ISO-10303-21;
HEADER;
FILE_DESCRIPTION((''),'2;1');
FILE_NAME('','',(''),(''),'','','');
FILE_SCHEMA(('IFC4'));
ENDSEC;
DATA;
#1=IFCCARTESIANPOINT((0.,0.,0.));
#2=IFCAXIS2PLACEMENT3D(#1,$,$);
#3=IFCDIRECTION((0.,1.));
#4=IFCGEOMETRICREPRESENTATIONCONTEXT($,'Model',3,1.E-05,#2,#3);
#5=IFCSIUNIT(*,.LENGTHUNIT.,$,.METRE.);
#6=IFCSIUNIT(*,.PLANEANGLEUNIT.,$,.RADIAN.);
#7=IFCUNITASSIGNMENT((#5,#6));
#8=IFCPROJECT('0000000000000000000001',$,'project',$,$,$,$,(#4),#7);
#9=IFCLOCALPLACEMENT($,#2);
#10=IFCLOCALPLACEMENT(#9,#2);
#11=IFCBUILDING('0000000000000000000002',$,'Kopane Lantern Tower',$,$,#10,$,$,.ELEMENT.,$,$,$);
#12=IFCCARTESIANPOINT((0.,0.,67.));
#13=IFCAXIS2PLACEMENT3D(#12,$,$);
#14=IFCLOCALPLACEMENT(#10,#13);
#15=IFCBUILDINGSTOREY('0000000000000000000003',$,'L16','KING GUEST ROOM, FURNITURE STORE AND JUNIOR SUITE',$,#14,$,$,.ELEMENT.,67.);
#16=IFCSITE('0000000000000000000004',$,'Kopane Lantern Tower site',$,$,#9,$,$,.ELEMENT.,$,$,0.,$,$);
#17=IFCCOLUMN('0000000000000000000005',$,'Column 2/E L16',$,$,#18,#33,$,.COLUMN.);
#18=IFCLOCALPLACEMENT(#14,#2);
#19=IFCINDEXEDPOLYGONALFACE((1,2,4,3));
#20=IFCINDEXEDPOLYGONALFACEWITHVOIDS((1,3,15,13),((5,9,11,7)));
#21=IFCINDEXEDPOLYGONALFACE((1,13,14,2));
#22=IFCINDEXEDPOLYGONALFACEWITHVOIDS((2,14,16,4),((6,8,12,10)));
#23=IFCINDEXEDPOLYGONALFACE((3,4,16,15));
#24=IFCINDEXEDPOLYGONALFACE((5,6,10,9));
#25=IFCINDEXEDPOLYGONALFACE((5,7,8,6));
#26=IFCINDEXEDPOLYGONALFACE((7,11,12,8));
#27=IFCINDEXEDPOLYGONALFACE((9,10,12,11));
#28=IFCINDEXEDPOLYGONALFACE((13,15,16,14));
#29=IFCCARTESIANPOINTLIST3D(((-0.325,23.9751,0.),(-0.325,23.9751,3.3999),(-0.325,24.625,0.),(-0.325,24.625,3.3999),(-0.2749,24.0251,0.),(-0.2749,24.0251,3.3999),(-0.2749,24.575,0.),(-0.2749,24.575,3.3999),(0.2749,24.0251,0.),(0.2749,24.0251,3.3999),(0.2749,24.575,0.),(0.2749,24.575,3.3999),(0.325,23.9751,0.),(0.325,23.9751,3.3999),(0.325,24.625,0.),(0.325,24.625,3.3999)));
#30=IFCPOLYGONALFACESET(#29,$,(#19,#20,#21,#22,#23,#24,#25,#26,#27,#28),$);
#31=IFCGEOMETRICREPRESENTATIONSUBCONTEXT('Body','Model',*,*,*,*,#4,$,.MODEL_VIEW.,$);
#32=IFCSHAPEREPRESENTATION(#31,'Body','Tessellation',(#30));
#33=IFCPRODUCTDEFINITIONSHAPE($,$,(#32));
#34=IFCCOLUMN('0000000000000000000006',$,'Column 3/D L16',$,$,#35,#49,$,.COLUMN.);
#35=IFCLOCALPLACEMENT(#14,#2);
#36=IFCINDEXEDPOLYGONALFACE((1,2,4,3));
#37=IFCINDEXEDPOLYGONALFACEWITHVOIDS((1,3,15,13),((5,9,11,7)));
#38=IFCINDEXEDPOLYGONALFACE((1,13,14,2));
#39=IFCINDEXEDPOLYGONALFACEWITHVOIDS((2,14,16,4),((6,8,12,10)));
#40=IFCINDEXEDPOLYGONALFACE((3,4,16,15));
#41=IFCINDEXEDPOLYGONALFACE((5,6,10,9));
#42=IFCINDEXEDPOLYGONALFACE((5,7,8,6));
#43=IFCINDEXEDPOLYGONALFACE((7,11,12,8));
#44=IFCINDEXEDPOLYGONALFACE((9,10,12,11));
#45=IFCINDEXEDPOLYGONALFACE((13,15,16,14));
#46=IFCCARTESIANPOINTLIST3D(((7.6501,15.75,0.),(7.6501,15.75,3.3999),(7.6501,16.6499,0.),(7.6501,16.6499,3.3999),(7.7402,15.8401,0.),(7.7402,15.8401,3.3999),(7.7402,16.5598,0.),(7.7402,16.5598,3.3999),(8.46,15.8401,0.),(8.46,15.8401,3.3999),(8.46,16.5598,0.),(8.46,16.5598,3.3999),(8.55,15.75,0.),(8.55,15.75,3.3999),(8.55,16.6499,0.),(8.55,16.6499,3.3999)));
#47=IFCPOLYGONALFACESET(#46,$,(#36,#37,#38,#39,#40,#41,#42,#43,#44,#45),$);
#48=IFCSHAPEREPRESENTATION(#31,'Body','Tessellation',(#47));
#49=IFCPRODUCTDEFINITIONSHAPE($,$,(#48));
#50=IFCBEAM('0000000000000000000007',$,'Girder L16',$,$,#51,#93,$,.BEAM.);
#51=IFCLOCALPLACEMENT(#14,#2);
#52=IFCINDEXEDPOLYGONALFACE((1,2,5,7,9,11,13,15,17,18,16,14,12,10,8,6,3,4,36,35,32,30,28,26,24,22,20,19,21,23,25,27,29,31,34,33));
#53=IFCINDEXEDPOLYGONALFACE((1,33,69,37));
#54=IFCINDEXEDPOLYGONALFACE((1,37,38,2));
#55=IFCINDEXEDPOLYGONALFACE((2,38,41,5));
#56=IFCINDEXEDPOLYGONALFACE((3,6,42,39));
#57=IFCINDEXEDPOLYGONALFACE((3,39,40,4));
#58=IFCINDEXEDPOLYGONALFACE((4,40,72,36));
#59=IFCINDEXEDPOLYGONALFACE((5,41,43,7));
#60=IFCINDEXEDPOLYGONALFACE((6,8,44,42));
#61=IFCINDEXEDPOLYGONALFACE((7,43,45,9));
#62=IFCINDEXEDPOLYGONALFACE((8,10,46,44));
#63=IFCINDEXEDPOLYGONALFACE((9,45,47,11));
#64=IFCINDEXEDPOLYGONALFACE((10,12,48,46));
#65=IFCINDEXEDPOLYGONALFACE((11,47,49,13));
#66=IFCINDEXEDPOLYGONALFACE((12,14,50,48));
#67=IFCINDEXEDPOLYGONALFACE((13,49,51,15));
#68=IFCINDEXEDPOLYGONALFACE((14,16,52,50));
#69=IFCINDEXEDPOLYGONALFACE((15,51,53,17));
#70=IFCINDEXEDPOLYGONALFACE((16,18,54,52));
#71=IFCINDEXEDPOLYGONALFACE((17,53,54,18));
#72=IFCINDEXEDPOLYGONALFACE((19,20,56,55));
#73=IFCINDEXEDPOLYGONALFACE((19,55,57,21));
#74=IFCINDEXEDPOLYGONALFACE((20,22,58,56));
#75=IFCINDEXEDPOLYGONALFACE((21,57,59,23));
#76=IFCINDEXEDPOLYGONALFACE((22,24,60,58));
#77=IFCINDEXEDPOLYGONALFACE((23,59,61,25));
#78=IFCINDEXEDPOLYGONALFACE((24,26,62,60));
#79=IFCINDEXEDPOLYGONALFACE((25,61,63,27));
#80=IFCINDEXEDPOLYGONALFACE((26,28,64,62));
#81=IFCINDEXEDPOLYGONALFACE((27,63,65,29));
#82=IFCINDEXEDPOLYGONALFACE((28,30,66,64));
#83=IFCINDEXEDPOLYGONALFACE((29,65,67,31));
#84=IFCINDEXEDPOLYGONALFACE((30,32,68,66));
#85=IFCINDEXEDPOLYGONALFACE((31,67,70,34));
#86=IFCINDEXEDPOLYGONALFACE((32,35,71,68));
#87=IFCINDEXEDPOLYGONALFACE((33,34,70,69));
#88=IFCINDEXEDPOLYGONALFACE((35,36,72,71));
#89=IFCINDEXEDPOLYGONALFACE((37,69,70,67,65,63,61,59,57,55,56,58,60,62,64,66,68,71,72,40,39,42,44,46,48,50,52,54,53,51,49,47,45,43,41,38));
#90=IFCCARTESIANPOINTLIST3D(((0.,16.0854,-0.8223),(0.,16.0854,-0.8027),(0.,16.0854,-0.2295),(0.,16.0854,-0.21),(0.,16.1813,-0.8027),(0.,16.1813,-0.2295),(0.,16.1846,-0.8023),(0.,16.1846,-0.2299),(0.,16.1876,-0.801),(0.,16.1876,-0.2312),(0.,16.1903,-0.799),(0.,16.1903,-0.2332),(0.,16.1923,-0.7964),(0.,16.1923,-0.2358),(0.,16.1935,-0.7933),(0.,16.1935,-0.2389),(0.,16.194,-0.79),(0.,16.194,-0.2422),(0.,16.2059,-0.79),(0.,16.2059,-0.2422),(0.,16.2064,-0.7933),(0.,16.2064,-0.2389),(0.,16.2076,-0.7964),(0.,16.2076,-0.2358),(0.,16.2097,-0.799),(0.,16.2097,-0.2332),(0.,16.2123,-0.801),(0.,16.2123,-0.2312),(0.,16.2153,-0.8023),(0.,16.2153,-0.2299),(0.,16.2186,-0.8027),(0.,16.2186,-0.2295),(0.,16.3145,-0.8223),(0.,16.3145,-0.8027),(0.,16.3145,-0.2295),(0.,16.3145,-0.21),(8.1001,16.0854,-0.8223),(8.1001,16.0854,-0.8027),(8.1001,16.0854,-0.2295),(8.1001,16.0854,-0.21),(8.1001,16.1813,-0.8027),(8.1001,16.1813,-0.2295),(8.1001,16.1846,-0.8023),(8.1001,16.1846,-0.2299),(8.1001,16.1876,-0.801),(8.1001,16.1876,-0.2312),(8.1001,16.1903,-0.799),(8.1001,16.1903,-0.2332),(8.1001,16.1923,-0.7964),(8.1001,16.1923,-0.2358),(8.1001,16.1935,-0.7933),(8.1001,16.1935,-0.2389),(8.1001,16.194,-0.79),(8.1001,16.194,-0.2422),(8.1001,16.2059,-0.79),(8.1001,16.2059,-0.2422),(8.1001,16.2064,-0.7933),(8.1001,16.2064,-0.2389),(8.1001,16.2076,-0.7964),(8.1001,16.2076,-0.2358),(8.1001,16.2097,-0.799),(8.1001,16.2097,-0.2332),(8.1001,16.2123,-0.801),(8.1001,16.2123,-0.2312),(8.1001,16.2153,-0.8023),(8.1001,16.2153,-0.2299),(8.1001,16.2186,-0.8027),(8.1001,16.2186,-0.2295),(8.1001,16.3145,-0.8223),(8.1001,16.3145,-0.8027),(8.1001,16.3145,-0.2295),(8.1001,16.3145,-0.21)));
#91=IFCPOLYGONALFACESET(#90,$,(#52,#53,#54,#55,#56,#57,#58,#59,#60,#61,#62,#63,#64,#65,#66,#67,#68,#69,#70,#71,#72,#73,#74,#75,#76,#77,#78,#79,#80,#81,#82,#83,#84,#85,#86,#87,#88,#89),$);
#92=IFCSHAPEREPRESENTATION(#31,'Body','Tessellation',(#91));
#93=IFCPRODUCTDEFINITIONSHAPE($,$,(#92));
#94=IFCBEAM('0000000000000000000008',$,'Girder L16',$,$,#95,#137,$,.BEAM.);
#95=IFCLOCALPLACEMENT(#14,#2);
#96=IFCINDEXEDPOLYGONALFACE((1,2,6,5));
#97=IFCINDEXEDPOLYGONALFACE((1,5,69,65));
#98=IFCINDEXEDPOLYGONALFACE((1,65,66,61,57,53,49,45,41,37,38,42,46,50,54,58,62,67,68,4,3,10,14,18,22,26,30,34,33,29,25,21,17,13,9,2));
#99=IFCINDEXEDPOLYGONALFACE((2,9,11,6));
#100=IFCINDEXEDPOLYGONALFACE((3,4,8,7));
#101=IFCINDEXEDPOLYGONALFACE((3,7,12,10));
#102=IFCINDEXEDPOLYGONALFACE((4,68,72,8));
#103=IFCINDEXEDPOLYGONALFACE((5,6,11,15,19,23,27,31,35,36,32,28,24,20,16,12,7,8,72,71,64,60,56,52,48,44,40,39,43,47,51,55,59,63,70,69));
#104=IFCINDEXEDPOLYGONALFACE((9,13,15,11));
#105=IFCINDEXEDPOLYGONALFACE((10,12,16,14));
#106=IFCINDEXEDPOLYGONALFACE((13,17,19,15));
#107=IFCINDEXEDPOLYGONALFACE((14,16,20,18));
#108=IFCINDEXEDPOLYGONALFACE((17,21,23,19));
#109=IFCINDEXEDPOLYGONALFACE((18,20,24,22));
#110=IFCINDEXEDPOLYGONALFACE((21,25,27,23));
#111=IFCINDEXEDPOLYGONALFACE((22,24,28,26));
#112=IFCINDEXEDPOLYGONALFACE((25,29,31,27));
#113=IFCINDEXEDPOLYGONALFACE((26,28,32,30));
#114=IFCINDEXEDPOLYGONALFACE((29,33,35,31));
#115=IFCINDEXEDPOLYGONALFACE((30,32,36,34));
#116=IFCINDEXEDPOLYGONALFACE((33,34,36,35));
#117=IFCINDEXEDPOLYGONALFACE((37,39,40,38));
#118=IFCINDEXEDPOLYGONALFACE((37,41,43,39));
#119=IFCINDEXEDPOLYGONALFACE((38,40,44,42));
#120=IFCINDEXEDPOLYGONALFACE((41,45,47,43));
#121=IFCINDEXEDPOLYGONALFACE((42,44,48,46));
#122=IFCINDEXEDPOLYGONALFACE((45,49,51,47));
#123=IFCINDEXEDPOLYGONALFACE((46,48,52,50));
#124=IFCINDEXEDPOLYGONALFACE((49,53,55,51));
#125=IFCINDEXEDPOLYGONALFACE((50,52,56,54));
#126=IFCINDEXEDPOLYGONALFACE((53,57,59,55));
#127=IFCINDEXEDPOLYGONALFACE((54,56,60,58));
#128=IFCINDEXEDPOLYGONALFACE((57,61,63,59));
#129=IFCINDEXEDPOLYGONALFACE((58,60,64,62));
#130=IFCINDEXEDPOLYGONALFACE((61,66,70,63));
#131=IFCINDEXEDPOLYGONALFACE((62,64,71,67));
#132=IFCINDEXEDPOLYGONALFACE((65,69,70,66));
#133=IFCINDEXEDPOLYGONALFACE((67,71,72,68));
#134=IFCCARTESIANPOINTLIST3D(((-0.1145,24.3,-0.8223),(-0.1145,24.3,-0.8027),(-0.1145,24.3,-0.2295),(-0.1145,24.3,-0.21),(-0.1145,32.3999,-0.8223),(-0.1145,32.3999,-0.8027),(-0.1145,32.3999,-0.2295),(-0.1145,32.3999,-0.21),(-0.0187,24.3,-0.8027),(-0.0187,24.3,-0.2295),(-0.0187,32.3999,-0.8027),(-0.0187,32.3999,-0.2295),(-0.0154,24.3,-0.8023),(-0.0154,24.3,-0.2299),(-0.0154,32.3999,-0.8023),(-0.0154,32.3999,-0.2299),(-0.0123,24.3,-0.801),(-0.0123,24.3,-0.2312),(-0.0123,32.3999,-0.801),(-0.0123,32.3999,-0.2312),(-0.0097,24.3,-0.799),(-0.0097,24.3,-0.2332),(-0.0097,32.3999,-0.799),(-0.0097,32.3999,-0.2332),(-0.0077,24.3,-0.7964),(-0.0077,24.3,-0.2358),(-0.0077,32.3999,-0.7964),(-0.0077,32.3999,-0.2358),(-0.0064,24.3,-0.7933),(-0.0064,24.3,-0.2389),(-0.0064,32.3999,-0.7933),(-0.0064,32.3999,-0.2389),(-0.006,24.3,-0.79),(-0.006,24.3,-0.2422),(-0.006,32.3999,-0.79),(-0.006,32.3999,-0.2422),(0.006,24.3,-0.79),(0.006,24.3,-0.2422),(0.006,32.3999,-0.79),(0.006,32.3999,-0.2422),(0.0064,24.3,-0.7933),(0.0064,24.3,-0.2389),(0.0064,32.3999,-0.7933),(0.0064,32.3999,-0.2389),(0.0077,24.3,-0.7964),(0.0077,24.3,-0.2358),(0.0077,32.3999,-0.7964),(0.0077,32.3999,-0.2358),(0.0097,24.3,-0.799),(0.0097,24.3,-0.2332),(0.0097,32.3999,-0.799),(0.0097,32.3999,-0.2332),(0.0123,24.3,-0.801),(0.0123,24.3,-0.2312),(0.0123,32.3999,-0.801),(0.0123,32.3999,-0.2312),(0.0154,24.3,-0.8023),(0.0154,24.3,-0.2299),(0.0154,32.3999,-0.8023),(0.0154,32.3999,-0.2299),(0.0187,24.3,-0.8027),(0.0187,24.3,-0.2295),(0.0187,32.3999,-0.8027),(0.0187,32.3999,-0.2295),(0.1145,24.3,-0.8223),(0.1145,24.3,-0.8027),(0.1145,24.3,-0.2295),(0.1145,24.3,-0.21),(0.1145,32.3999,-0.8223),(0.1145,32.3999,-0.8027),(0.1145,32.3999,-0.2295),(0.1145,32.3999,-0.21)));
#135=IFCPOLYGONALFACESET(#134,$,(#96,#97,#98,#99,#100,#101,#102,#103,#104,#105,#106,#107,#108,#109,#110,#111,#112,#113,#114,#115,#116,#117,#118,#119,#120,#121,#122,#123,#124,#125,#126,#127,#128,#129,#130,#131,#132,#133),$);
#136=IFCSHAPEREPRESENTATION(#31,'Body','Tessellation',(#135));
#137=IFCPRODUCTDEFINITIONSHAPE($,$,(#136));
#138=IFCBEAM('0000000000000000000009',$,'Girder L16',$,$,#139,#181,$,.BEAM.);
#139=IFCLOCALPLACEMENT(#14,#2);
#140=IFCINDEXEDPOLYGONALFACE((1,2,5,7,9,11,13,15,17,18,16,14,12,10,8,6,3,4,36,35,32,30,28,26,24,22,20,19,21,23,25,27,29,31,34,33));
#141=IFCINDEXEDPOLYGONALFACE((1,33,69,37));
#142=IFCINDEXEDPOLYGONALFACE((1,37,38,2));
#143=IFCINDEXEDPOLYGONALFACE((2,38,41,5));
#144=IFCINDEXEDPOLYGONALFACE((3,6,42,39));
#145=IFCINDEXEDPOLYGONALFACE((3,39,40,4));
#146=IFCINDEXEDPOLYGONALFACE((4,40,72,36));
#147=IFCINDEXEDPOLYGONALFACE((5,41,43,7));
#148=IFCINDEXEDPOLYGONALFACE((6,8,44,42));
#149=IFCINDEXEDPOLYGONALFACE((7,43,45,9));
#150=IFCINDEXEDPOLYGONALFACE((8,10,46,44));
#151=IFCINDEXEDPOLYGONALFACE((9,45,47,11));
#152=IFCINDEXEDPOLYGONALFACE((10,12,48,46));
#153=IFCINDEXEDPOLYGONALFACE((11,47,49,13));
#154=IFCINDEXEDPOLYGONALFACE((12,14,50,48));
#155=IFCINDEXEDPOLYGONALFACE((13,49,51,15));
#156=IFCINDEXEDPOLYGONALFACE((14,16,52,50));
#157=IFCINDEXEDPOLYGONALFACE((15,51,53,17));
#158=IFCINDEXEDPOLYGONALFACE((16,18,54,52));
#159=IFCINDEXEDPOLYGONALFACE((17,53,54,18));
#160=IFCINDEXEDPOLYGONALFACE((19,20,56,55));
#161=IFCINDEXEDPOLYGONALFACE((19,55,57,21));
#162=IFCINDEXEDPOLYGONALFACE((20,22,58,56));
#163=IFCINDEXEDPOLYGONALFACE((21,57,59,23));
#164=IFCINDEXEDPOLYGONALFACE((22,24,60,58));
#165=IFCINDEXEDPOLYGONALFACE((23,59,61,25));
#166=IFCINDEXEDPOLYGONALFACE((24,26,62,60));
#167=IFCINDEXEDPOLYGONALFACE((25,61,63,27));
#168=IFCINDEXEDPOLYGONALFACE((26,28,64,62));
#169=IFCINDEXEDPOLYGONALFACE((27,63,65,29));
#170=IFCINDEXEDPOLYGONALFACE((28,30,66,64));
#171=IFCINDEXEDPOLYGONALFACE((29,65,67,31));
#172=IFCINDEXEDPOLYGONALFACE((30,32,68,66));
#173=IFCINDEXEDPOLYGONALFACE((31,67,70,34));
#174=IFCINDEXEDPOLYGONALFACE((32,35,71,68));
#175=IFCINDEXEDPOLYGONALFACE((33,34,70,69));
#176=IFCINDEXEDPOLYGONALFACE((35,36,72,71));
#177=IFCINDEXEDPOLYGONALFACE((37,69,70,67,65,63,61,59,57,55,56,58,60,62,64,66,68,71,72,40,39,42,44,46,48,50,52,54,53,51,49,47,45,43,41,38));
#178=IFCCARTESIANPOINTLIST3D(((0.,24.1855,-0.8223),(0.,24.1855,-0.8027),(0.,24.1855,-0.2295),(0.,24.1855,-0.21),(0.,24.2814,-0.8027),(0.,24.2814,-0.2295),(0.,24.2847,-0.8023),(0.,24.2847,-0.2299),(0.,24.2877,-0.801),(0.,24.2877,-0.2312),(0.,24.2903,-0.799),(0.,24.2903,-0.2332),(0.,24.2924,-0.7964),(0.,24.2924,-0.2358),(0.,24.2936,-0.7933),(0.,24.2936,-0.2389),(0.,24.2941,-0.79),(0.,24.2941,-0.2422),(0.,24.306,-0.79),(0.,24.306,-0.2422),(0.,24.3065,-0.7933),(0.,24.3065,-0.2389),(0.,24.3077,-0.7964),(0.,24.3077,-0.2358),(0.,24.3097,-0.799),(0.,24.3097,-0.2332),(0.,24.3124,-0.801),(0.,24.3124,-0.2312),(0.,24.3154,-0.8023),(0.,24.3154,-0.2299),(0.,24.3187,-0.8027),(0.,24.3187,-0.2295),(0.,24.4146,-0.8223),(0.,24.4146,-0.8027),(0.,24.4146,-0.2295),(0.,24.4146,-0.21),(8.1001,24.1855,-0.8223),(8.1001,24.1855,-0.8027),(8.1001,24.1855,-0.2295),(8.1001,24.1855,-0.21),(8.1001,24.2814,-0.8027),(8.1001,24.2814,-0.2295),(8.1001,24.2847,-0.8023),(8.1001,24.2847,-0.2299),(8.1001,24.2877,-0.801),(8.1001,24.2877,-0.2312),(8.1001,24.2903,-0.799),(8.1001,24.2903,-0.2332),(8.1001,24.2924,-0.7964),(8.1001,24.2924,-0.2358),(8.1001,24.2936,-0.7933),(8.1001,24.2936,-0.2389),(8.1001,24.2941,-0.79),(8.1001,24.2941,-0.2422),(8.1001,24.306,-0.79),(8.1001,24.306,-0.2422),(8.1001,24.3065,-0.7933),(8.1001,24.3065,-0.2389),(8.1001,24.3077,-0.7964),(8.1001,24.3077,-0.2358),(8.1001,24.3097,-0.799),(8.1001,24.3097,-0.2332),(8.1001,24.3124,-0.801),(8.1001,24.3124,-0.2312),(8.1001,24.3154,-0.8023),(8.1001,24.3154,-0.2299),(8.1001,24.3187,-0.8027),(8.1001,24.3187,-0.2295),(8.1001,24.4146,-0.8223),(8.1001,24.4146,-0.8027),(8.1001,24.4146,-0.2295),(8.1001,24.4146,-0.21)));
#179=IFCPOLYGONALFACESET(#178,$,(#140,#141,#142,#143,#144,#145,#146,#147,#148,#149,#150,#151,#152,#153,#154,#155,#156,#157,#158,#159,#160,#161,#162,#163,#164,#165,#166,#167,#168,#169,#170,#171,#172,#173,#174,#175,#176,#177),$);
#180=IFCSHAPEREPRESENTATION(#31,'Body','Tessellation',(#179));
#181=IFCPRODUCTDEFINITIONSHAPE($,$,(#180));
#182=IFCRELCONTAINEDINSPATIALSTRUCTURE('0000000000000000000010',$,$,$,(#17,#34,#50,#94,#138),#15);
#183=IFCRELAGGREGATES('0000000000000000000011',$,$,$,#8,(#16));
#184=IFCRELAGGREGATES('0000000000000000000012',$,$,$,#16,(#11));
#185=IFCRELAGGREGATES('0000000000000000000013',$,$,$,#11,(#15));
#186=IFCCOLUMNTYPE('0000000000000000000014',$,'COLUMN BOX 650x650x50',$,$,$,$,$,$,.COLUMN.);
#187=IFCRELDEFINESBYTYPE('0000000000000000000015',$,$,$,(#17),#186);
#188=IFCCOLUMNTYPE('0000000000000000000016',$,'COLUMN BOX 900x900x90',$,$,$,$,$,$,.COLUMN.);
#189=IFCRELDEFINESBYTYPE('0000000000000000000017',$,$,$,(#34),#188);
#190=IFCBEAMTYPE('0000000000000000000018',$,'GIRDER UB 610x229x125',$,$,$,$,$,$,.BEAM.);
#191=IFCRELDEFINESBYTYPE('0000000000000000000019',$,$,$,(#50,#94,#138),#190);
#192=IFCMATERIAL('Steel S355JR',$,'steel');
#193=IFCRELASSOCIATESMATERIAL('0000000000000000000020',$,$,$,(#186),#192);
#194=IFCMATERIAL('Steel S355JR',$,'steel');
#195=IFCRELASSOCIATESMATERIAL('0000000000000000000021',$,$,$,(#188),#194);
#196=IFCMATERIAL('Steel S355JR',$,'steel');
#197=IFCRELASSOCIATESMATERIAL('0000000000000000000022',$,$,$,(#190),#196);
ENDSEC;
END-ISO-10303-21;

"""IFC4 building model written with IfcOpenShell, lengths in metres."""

from ifc_helpers import new_model, si_unit, direction, frame, origin, origin_2d, place, context, subcontext, project, spatial, hollow_rectangle, i_section, extrude, material, material_profile, profile_set, type_object, element, save


model = new_model("IFC4")

# Units and contexts
model_context = context("Model", 3, precision=1e-05, world=origin(), true_north=direction((0.0, 1.0)))
body_context = subcontext(model_context, "Body", "Model", "MODEL_VIEW")
ifc_project = project(units=[si_unit("LENGTHUNIT", "METRE"), si_unit("PLANEANGLEUNIT", "RADIAN")], contexts=[model_context])

# Site, building, storey
site_placement = place(None, origin())
site = spatial("IfcSite", under=ifc_project, at=site_placement, Name="Kopane Lantern Tower site", CompositionType="ELEMENT", RefElevation=0.0)
building_placement = place(site_placement, origin())
building = spatial("IfcBuilding", under=site, at=building_placement, Name="Kopane Lantern Tower", CompositionType="ELEMENT")
storey_placement = place(building_placement, frame((0.0, 0.0, 67.0)))
storey = spatial("IfcBuildingStorey", under=building, at=storey_placement, Name="L16", Description="KING GUEST ROOM, FURNITURE STORE AND JUNIOR SUITE", CompositionType="ELEMENT", Elevation=67.0)

# Columns
ifc_material_1 = material(Name="Steel S355JR", Category="steel")
ifc_material_profile_1 = material_profile(ifc_material_1, hollow_rectangle(XDim=0.6499, YDim=0.6499, WallThickness=0.05, at=origin_2d()), Name="BOX 650x650x50")
ifc_profile_set_1 = profile_set([ifc_material_profile_1], Name="Steel S355JR")
column_type_1 = type_object("IfcColumnType", Name="COLUMN BOX 650x650x50", PredefinedType="COLUMN", material=ifc_profile_set_1)
column_1_placement = place(storey_placement, frame((0.0, 24.3, 0.0), z_axis=(0.0, 0.0, 1.0), x_axis=(1.0, 0.0, 0.0)))
element("IfcColumn", 1, at=column_1_placement, inside=storey, type_object=column_type_1, Name="Column 2/E L16", PredefinedType="COLUMN", context=body_context, shape_type="SweptSolid", body=[
    extrude(hollow_rectangle(XDim=0.6499, YDim=0.6499, WallThickness=0.05, at=origin_2d()), origin(), (0.0, 0.0, 1.0), 3.3999),
])
ifc_material_2 = material(Name="Steel S355JR", Category="steel")
ifc_material_profile_2 = material_profile(ifc_material_2, hollow_rectangle(XDim=0.8999, YDim=0.8999, WallThickness=0.0901, at=origin_2d()), Name="BOX 900x900x90")
ifc_profile_set_2 = profile_set([ifc_material_profile_2], Name="Steel S355JR")
column_type_2 = type_object("IfcColumnType", Name="COLUMN BOX 900x900x90", PredefinedType="COLUMN", material=ifc_profile_set_2)
column_2_placement = place(storey_placement, frame((8.1001, 16.2, 0.0), z_axis=(0.0, 0.0, 1.0), x_axis=(1.0, 0.0, 0.0)))
element("IfcColumn", 2, at=column_2_placement, inside=storey, type_object=column_type_2, Name="Column 3/D L16", PredefinedType="COLUMN", context=body_context, shape_type="SweptSolid", body=[
    extrude(hollow_rectangle(XDim=0.8999, YDim=0.8999, WallThickness=0.0901, at=origin_2d()), origin(), (0.0, 0.0, 1.0), 3.3999),
])

# Beams
ifc_material_3 = material(Name="Steel S355JR", Category="steel")
ifc_material_profile_3 = material_profile(ifc_material_3, i_section(OverallWidth=0.229, OverallDepth=0.6123, WebThickness=0.012, FlangeThickness=0.0195, FilletRadius=0.0127, at=origin_2d()), Name="UB 610x229x125")
ifc_profile_set_3 = profile_set([ifc_material_profile_3], Name="Steel S355JR")
beam_type = type_object("IfcBeamType", Name="GIRDER UB 610x229x125", PredefinedType="BEAM", material=ifc_profile_set_3)
beam_1_placement = place(storey_placement, frame((0.0, 16.2, -0.5161), z_axis=(1.0, 0.0, 0.0), x_axis=(0.0, 1.0, 0.0)))
element("IfcBeam", 3, at=beam_1_placement, inside=storey, type_object=beam_type, Name="Girder L16", PredefinedType="BEAM", context=body_context, shape_type="SweptSolid", body=[
    extrude(i_section(OverallWidth=0.229, OverallDepth=0.6123, WebThickness=0.012, FlangeThickness=0.0195, FilletRadius=0.0127, at=origin_2d()), origin(), (0.0, 0.0, 1.0), 8.1001),
])
beam_2_placement = place(storey_placement, frame((0.0, 24.3, -0.5161), z_axis=(0.0, 1.0, 0.0), x_axis=(-1.0, 0.0, 0.0)))
element("IfcBeam", 4, at=beam_2_placement, inside=storey, type_object=beam_type, Name="Girder L16", PredefinedType="BEAM", context=body_context, shape_type="SweptSolid", body=[
    extrude(i_section(OverallWidth=0.229, OverallDepth=0.6123, WebThickness=0.012, FlangeThickness=0.0195, FilletRadius=0.0127, at=origin_2d()), origin(), (0.0, 0.0, 1.0), 8.0999),
])
for number, where, z_axis, x_axis, name in (
    (5, (0.0, 24.3, -0.5161), (1.0, 0.0, 0.0), (0.0, 1.0, 0.0), "Girder L16"),
):
    element("IfcBeam", number, at=place(storey_placement, frame(where, z_axis=z_axis, x_axis=x_axis)), inside=storey, type_object=beam_type, Name=name, PredefinedType="BEAM", context=body_context, shape_type="SweptSolid", body=[
        extrude(i_section(OverallWidth=0.229, OverallDepth=0.6123, WebThickness=0.012, FlangeThickness=0.0195, FilletRadius=0.0127, at=origin_2d()), origin(), (0.0, 0.0, 1.0), 8.1001),
    ])

save(model, "model.ifc")
